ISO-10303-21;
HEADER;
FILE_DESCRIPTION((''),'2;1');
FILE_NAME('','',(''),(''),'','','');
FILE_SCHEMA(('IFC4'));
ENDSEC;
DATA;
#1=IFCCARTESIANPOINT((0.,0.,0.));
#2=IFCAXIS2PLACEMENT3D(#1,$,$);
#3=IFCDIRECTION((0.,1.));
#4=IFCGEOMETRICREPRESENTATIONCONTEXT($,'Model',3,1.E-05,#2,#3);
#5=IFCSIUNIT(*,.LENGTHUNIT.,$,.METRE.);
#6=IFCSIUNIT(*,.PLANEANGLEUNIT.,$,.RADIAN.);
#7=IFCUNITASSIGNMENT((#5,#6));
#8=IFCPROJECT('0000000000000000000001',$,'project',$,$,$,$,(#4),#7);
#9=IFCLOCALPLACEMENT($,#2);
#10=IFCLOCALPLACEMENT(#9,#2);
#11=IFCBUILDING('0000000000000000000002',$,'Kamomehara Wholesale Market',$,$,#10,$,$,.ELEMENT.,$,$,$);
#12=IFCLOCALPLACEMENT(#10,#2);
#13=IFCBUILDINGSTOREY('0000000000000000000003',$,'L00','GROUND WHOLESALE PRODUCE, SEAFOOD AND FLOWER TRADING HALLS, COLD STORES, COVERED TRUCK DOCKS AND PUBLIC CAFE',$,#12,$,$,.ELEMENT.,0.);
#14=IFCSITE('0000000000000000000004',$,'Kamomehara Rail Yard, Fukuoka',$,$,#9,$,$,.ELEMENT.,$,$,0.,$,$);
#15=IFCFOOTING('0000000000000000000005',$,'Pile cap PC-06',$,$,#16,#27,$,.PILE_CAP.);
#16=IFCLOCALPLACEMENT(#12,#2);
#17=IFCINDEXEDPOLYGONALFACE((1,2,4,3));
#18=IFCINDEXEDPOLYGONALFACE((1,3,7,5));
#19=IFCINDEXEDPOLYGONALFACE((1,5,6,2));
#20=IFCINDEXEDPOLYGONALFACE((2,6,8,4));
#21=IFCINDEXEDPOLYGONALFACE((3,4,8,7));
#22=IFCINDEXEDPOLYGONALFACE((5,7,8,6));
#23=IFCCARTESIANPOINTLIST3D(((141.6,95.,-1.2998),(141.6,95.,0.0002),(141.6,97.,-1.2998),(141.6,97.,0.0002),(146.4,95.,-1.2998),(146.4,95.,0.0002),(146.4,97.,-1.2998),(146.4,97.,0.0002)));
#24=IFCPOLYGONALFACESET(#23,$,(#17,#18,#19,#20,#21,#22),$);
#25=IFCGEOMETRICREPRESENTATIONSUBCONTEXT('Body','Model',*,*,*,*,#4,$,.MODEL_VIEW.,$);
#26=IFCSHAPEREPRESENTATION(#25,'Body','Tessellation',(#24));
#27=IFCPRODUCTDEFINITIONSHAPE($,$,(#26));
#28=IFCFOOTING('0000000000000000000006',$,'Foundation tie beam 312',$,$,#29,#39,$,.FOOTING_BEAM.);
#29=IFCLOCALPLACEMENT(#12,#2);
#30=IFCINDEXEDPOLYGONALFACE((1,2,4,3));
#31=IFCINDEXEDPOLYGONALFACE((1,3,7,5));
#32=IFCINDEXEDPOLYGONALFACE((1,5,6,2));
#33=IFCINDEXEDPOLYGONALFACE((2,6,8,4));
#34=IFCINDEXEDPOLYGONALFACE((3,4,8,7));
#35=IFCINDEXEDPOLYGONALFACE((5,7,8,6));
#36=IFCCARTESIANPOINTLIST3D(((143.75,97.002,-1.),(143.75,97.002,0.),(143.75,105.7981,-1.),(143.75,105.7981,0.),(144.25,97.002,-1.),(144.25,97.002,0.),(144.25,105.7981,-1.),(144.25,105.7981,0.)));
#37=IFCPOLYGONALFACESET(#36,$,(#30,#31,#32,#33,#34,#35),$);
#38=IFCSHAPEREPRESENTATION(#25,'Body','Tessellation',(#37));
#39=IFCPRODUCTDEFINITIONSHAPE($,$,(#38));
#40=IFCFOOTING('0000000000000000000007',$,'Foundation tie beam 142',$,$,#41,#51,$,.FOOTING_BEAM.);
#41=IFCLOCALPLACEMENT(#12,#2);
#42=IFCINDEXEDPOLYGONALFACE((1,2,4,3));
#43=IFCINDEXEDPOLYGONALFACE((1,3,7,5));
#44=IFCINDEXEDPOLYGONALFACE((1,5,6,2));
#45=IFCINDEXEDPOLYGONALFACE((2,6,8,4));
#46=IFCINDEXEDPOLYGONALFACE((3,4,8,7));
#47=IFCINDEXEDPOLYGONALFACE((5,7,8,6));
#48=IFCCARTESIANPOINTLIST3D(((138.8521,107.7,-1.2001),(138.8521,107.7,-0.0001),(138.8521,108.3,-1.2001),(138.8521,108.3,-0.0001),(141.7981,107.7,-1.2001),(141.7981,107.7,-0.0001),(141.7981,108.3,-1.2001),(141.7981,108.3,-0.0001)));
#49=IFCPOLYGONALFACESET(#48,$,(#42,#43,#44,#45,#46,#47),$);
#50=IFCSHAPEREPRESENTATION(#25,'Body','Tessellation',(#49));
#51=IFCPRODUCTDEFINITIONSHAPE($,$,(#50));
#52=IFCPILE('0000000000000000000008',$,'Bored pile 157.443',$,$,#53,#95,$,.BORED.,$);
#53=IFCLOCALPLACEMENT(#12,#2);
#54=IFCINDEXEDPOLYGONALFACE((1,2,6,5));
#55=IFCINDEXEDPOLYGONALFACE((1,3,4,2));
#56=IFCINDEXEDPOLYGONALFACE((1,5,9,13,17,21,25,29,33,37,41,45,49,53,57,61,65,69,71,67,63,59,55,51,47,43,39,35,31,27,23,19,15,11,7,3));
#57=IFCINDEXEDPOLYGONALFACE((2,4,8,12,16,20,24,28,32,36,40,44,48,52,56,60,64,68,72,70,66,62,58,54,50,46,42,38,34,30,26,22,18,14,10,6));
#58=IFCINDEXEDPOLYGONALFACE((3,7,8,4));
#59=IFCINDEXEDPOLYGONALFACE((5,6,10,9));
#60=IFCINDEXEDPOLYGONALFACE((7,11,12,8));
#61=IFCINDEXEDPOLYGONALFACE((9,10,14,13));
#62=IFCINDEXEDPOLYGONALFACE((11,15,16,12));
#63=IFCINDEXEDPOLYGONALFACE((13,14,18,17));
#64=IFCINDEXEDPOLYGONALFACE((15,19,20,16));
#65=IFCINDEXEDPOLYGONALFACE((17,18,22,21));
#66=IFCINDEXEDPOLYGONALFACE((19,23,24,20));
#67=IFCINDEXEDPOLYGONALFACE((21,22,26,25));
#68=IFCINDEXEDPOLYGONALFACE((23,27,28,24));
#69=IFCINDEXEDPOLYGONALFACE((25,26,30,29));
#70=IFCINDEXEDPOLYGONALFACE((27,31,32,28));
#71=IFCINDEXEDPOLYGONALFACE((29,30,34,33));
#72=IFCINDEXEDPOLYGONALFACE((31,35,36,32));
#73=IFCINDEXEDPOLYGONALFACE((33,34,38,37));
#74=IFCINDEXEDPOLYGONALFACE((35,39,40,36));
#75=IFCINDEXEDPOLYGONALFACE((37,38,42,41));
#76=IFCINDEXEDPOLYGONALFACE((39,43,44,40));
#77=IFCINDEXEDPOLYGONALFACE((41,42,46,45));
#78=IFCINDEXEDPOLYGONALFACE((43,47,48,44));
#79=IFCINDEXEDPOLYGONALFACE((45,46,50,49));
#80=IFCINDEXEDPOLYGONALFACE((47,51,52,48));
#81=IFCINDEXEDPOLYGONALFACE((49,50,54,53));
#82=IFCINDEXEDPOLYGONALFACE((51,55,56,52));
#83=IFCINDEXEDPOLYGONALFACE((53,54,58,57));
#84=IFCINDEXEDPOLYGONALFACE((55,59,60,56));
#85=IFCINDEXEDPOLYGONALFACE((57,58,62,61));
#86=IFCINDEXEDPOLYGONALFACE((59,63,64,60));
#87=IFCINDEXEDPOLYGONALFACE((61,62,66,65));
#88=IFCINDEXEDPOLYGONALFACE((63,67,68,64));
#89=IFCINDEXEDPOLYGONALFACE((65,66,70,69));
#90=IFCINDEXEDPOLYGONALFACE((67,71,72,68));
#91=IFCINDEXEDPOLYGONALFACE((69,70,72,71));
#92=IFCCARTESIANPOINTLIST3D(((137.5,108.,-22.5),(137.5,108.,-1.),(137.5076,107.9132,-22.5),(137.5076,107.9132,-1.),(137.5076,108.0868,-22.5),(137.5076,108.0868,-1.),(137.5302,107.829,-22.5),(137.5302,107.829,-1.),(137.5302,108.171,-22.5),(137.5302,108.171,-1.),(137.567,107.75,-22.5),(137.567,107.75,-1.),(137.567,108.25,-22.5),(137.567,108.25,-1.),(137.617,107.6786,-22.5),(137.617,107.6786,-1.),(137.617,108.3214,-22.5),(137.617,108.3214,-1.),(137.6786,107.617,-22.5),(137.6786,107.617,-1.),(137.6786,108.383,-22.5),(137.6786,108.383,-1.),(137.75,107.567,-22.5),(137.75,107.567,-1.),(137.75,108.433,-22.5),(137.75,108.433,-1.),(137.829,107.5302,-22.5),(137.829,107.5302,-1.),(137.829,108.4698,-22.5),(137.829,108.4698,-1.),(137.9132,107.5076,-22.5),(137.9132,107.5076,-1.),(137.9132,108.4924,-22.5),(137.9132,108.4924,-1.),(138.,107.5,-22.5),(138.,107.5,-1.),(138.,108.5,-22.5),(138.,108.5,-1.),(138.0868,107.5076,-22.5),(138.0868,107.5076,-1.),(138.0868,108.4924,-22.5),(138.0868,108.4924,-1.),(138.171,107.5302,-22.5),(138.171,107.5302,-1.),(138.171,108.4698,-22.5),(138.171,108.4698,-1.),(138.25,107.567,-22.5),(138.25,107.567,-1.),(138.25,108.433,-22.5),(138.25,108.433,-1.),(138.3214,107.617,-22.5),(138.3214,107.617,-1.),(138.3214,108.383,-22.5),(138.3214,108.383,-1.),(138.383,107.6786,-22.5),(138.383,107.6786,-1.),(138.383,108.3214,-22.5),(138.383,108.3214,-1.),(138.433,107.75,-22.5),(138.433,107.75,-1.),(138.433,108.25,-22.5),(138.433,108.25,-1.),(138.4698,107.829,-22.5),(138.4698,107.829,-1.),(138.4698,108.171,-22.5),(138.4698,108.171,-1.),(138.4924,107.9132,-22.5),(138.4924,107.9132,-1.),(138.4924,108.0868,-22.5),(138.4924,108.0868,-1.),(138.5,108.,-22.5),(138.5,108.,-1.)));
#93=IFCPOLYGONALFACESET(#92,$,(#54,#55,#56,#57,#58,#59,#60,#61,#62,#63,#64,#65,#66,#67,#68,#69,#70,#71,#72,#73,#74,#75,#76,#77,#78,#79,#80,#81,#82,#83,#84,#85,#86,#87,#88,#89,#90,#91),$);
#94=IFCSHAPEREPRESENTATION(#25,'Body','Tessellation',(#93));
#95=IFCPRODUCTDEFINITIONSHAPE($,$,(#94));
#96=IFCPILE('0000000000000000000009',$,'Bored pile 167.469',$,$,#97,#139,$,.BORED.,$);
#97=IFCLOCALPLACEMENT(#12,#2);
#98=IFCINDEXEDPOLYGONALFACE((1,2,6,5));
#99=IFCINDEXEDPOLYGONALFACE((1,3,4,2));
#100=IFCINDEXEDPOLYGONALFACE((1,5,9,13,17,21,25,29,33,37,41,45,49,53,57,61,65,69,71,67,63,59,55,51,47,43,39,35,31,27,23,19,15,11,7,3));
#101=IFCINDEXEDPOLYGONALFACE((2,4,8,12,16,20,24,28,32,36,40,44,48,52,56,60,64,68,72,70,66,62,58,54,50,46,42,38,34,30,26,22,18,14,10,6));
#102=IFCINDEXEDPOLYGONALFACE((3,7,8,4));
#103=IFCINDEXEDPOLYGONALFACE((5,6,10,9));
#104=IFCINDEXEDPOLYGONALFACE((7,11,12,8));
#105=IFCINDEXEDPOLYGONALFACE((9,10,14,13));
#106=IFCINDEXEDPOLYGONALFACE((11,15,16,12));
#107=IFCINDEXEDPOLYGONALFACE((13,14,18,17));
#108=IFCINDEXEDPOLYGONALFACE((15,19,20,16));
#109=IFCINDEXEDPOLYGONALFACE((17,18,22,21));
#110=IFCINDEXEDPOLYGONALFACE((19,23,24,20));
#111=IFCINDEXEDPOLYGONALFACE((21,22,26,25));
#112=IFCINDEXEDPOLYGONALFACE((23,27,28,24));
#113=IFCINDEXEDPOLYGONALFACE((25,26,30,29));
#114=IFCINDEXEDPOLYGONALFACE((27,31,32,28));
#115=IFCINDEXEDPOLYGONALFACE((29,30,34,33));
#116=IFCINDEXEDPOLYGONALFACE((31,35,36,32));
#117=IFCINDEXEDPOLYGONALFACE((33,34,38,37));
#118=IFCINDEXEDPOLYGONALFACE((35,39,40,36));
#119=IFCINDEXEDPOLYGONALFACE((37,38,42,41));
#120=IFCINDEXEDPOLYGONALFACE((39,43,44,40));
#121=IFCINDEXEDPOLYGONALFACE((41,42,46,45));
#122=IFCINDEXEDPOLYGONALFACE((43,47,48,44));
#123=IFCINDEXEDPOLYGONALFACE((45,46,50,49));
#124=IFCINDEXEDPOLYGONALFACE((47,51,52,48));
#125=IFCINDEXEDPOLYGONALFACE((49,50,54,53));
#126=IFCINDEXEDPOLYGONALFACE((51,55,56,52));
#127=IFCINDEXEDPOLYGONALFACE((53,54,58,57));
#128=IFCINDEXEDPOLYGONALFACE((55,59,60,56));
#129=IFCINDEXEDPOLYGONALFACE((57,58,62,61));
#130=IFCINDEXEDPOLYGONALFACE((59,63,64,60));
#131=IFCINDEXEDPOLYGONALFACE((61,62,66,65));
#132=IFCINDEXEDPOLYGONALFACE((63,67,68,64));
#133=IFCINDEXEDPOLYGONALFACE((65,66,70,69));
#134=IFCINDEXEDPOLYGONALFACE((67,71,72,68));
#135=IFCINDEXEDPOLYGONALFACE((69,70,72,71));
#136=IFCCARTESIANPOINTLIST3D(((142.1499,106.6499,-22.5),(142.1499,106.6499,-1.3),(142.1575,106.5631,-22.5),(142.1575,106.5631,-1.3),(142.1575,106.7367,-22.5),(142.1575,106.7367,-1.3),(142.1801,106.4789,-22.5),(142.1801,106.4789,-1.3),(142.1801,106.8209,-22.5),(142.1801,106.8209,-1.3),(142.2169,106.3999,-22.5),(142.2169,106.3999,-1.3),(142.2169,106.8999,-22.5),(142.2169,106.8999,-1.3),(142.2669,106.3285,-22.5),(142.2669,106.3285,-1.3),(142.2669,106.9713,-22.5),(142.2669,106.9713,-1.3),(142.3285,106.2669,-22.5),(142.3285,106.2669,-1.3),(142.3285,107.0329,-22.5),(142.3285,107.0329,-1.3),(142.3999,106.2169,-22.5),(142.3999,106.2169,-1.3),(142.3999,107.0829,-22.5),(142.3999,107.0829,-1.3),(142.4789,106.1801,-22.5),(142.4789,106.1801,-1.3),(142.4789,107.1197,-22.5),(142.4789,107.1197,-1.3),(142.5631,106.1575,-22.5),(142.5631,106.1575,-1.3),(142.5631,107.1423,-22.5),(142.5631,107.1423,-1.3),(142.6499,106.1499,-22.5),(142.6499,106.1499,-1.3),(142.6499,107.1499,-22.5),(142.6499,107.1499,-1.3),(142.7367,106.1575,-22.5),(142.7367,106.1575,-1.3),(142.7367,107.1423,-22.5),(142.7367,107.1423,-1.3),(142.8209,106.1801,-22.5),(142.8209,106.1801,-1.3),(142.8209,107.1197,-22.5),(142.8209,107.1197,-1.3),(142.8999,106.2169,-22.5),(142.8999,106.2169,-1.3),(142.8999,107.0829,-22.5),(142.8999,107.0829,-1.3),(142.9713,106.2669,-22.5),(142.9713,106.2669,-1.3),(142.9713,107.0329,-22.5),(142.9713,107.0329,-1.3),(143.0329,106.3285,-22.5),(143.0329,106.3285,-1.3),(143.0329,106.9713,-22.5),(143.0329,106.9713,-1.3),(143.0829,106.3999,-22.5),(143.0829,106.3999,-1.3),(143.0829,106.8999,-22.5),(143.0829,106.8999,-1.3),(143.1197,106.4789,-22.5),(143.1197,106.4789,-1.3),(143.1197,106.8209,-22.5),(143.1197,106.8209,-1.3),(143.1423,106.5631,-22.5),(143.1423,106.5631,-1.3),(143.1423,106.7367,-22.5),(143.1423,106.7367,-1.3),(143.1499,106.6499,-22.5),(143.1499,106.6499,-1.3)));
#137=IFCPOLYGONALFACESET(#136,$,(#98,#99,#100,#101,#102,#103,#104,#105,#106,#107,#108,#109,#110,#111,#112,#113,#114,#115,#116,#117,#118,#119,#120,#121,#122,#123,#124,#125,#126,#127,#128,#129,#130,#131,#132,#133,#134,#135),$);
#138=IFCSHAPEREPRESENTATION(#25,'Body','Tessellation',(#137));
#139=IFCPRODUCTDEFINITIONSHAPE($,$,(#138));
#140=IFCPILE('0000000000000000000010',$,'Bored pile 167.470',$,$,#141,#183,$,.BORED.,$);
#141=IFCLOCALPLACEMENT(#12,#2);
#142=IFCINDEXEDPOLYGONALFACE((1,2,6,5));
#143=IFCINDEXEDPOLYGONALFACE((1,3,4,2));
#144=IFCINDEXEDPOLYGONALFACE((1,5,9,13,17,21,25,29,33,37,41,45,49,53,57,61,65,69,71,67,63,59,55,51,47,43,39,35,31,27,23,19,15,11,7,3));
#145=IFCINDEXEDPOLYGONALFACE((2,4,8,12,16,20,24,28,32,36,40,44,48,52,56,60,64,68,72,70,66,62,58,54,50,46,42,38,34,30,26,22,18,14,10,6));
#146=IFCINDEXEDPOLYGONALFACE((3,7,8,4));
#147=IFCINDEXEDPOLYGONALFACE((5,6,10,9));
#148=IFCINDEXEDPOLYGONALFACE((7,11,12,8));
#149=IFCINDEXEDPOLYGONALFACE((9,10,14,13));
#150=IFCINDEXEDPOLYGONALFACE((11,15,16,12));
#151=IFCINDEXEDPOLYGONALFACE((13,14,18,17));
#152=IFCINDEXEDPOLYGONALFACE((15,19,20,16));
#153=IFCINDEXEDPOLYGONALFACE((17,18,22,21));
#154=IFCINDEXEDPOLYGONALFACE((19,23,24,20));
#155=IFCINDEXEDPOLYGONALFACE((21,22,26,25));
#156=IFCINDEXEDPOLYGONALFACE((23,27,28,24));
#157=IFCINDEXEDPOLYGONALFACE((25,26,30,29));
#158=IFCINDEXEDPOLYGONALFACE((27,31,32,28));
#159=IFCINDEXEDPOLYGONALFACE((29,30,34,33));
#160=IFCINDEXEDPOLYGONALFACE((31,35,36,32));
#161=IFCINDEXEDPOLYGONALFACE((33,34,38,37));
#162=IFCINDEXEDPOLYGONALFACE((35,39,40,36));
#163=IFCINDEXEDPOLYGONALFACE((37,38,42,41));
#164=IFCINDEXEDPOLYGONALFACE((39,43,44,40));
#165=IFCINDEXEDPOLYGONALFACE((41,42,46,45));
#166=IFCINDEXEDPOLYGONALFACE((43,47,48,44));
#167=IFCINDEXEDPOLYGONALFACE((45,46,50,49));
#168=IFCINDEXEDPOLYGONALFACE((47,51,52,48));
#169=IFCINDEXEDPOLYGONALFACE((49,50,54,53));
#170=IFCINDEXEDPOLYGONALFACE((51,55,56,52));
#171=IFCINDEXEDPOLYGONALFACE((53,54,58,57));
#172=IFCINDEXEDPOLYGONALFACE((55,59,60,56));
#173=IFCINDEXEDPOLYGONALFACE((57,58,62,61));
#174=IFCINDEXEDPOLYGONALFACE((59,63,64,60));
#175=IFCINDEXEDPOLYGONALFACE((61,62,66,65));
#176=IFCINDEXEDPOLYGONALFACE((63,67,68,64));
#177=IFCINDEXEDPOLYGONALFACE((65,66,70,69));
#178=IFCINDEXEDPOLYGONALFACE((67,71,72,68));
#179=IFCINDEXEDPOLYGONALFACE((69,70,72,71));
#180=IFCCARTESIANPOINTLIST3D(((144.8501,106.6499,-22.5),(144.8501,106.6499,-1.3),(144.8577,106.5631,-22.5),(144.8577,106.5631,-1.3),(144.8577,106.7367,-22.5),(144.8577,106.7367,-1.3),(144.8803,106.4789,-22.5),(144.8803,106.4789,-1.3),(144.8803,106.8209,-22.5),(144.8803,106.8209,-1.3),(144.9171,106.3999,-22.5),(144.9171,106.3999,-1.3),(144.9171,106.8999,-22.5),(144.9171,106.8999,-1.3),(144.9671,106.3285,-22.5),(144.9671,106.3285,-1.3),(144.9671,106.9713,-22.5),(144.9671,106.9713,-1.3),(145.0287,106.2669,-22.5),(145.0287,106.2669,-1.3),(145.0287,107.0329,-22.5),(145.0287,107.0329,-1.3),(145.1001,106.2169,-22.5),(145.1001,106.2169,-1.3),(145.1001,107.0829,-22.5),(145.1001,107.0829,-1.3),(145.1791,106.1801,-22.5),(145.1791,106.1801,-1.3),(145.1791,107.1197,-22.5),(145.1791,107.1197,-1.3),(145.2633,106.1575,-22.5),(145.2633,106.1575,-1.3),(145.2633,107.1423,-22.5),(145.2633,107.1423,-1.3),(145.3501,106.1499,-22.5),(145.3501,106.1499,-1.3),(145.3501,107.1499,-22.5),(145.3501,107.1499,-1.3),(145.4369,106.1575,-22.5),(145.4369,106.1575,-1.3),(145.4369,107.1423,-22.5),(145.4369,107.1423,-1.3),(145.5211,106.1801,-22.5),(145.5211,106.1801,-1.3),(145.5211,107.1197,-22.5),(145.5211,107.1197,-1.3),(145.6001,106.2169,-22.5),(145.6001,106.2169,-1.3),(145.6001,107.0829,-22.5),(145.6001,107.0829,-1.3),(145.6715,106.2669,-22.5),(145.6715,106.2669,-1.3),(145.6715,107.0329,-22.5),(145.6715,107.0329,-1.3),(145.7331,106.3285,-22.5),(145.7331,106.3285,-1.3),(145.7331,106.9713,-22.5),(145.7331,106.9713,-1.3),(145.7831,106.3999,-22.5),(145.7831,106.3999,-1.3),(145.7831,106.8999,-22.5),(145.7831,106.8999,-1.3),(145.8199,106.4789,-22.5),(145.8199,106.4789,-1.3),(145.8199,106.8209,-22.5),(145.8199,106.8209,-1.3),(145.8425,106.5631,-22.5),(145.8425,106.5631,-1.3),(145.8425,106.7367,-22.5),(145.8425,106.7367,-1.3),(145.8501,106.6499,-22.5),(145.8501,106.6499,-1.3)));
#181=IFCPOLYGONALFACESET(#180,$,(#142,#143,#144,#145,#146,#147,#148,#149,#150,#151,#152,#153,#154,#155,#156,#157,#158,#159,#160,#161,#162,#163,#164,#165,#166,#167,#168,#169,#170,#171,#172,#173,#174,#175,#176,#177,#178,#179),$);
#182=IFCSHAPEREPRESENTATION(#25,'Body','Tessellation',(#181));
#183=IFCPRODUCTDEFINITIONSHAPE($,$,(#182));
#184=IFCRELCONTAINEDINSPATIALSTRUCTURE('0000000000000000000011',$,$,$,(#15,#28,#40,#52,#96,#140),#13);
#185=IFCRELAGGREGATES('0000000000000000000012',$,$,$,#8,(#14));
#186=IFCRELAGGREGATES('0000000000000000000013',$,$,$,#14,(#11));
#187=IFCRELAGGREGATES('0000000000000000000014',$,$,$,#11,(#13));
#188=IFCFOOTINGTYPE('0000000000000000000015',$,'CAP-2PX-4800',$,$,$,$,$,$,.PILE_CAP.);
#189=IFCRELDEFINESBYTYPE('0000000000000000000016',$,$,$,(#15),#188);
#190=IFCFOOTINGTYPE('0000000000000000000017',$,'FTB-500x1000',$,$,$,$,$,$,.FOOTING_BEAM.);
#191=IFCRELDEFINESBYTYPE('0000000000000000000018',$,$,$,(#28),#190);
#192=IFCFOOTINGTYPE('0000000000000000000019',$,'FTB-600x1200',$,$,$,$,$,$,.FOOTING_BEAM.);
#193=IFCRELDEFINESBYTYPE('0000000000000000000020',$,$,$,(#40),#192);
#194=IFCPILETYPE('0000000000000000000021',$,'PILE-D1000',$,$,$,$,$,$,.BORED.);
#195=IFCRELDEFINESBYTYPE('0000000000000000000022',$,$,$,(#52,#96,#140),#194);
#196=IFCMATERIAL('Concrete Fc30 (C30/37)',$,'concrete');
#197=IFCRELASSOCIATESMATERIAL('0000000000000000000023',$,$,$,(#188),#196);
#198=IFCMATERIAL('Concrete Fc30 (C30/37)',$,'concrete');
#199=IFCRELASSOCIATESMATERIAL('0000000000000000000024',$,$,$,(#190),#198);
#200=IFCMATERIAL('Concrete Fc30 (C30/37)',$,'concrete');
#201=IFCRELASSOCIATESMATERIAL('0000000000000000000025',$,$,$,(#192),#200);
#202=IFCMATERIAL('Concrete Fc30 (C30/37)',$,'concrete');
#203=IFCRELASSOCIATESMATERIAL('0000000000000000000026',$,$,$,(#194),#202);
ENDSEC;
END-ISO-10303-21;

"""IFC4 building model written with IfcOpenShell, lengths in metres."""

from ifc_helpers import new_model, si_unit, direction, frame, origin, origin_2d, place, context, subcontext, project, spatial, rectangle, circle, extrude, material, material_profile, profile_set, type_object, element, save


model = new_model("IFC4")

# Units and contexts
model_context = context("Model", 3, precision=1e-05, world=origin(), true_north=direction((0.0, 1.0)))
body_context = subcontext(model_context, "Body", "Model", "MODEL_VIEW")
ifc_project = project(units=[si_unit("LENGTHUNIT", "METRE"), si_unit("PLANEANGLEUNIT", "RADIAN")], contexts=[model_context])

# Site, building, storey
site_placement = place(None, origin())
site = spatial("IfcSite", under=ifc_project, at=site_placement, Name="Kamomehara Rail Yard, Fukuoka", CompositionType="ELEMENT", RefElevation=0.0)
building_placement = place(site_placement, origin())
building = spatial("IfcBuilding", under=site, at=building_placement, Name="Kamomehara Wholesale Market", CompositionType="ELEMENT")
storey_placement = place(building_placement, origin())
storey = spatial("IfcBuildingStorey", under=building, at=storey_placement, Name="L00", Description="GROUND WHOLESALE PRODUCE, SEAFOOD AND FLOWER TRADING HALLS, COLD STORES, COVERED TRUCK DOCKS AND PUBLIC CAFE", CompositionType="ELEMENT", Elevation=0.0)

# Footings
ifc_material_1 = material(Name="Concrete Fc30 (C30/37)", Category="concrete")
footing_type_1 = type_object("IfcFootingType", Name="CAP-2PX-4800", PredefinedType="PILE_CAP", material=ifc_material_1)
footing_1_placement = place(storey_placement, frame((144.0, 96.0, -1.2998), z_axis=(0.0, 0.0, 1.0), x_axis=(1.0, 0.0, 0.0)))
element("IfcFooting", 1, at=footing_1_placement, inside=storey, type_object=footing_type_1, Name="Pile cap PC-06", PredefinedType="PILE_CAP", context=body_context, shape_type="SweptSolid", body=[
    extrude(rectangle(XDim=4.8, YDim=2.0, at=origin_2d()), origin(), (0.0, 0.0, 1.0), 1.3),
])
ifc_material_2 = material(Name="Concrete Fc30 (C30/37)", Category="concrete")
ifc_material_profile_1 = material_profile(ifc_material_2, rectangle(XDim=0.5, YDim=1.0, at=origin_2d()), Name="RC-FTB-500x1000")
ifc_profile_set_1 = profile_set([ifc_material_profile_1], Name="Concrete Fc30 (C30/37)")
footing_type_2 = type_object("IfcFootingType", Name="FTB-500x1000", PredefinedType="FOOTING_BEAM", material=ifc_profile_set_1)
footing_2_placement = place(storey_placement, frame((144.0, 97.002, -0.5), z_axis=(0.0, 1.0, 0.0), x_axis=(-1.0, 0.0, 0.0)))
element("IfcFooting", 2, at=footing_2_placement, inside=storey, type_object=footing_type_2, Name="Foundation tie beam 312", PredefinedType="FOOTING_BEAM", context=body_context, shape_type="SweptSolid", body=[
    extrude(rectangle(XDim=0.5, YDim=1.0, at=origin_2d()), origin(), (0.0, 0.0, 1.0), 8.7961),
])
ifc_material_3 = material(Name="Concrete Fc30 (C30/37)", Category="concrete")
ifc_material_profile_2 = material_profile(ifc_material_3, rectangle(XDim=0.6001, YDim=1.2, at=origin_2d()), Name="RC-FTB-600x1200")
ifc_profile_set_2 = profile_set([ifc_material_profile_2], Name="Concrete Fc30 (C30/37)")
footing_type_3 = type_object("IfcFootingType", Name="FTB-600x1200", PredefinedType="FOOTING_BEAM", material=ifc_profile_set_2)
footing_3_placement = place(storey_placement, frame((138.8521, 108.0, -0.6001), z_axis=(1.0, 0.0, 0.0), x_axis=(0.0, 1.0, 0.0)))
element("IfcFooting", 3, at=footing_3_placement, inside=storey, type_object=footing_type_3, Name="Foundation tie beam 142", PredefinedType="FOOTING_BEAM", context=body_context, shape_type="SweptSolid", body=[
    extrude(rectangle(XDim=0.6001, YDim=1.2, at=origin_2d()), origin(), (0.0, 0.0, 1.0), 2.946),
])

# Piles
ifc_material_4 = material(Name="Concrete Fc30 (C30/37)", Category="concrete")
ifc_material_profile_3 = material_profile(ifc_material_4, circle(Radius=0.5, at=origin_2d()), Name="RC-PILE-D1000")
ifc_profile_set_3 = profile_set([ifc_material_profile_3], Name="Concrete Fc30 (C30/37)")
pile_type_1 = type_object("IfcPileType", Name="PILE-D1000", PredefinedType="BORED", material=ifc_profile_set_3)
pile_placement = place(storey_placement, frame((138.0, 108.0, -1.0), z_axis=(0.0, 0.0, -1.0), x_axis=(1.0, 0.0, 0.0)))
element("IfcPile", 4, at=pile_placement, inside=storey, type_object=pile_type_1, Name="Bored pile 157.443", PredefinedType="BORED", context=body_context, shape_type="SweptSolid", body=[
    extrude(circle(Radius=0.5, at=origin_2d()), origin(), (0.0, 0.0, 1.0), 21.5),
])
for number, where, z_axis, x_axis, name in (
    (5, (142.6499, 106.6499, -1.3), (0.0, 0.0, -1.0), (1.0, 0.0, 0.0), "Bored pile 167.469"),
    (6, (145.3501, 106.6499, -1.3), (0.0, 0.0, -1.0), (1.0, 0.0, 0.0), "Bored pile 167.470"),
):
    element("IfcPile", number, at=place(storey_placement, frame(where, z_axis=z_axis, x_axis=x_axis)), inside=storey, type_object=pile_type_1, Name=name, PredefinedType="BORED", context=body_context, shape_type="SweptSolid", body=[
        extrude(circle(Radius=0.5, at=origin_2d()), origin(), (0.0, 0.0, 1.0), 21.2),
    ])

save(model, "model.ifc")
